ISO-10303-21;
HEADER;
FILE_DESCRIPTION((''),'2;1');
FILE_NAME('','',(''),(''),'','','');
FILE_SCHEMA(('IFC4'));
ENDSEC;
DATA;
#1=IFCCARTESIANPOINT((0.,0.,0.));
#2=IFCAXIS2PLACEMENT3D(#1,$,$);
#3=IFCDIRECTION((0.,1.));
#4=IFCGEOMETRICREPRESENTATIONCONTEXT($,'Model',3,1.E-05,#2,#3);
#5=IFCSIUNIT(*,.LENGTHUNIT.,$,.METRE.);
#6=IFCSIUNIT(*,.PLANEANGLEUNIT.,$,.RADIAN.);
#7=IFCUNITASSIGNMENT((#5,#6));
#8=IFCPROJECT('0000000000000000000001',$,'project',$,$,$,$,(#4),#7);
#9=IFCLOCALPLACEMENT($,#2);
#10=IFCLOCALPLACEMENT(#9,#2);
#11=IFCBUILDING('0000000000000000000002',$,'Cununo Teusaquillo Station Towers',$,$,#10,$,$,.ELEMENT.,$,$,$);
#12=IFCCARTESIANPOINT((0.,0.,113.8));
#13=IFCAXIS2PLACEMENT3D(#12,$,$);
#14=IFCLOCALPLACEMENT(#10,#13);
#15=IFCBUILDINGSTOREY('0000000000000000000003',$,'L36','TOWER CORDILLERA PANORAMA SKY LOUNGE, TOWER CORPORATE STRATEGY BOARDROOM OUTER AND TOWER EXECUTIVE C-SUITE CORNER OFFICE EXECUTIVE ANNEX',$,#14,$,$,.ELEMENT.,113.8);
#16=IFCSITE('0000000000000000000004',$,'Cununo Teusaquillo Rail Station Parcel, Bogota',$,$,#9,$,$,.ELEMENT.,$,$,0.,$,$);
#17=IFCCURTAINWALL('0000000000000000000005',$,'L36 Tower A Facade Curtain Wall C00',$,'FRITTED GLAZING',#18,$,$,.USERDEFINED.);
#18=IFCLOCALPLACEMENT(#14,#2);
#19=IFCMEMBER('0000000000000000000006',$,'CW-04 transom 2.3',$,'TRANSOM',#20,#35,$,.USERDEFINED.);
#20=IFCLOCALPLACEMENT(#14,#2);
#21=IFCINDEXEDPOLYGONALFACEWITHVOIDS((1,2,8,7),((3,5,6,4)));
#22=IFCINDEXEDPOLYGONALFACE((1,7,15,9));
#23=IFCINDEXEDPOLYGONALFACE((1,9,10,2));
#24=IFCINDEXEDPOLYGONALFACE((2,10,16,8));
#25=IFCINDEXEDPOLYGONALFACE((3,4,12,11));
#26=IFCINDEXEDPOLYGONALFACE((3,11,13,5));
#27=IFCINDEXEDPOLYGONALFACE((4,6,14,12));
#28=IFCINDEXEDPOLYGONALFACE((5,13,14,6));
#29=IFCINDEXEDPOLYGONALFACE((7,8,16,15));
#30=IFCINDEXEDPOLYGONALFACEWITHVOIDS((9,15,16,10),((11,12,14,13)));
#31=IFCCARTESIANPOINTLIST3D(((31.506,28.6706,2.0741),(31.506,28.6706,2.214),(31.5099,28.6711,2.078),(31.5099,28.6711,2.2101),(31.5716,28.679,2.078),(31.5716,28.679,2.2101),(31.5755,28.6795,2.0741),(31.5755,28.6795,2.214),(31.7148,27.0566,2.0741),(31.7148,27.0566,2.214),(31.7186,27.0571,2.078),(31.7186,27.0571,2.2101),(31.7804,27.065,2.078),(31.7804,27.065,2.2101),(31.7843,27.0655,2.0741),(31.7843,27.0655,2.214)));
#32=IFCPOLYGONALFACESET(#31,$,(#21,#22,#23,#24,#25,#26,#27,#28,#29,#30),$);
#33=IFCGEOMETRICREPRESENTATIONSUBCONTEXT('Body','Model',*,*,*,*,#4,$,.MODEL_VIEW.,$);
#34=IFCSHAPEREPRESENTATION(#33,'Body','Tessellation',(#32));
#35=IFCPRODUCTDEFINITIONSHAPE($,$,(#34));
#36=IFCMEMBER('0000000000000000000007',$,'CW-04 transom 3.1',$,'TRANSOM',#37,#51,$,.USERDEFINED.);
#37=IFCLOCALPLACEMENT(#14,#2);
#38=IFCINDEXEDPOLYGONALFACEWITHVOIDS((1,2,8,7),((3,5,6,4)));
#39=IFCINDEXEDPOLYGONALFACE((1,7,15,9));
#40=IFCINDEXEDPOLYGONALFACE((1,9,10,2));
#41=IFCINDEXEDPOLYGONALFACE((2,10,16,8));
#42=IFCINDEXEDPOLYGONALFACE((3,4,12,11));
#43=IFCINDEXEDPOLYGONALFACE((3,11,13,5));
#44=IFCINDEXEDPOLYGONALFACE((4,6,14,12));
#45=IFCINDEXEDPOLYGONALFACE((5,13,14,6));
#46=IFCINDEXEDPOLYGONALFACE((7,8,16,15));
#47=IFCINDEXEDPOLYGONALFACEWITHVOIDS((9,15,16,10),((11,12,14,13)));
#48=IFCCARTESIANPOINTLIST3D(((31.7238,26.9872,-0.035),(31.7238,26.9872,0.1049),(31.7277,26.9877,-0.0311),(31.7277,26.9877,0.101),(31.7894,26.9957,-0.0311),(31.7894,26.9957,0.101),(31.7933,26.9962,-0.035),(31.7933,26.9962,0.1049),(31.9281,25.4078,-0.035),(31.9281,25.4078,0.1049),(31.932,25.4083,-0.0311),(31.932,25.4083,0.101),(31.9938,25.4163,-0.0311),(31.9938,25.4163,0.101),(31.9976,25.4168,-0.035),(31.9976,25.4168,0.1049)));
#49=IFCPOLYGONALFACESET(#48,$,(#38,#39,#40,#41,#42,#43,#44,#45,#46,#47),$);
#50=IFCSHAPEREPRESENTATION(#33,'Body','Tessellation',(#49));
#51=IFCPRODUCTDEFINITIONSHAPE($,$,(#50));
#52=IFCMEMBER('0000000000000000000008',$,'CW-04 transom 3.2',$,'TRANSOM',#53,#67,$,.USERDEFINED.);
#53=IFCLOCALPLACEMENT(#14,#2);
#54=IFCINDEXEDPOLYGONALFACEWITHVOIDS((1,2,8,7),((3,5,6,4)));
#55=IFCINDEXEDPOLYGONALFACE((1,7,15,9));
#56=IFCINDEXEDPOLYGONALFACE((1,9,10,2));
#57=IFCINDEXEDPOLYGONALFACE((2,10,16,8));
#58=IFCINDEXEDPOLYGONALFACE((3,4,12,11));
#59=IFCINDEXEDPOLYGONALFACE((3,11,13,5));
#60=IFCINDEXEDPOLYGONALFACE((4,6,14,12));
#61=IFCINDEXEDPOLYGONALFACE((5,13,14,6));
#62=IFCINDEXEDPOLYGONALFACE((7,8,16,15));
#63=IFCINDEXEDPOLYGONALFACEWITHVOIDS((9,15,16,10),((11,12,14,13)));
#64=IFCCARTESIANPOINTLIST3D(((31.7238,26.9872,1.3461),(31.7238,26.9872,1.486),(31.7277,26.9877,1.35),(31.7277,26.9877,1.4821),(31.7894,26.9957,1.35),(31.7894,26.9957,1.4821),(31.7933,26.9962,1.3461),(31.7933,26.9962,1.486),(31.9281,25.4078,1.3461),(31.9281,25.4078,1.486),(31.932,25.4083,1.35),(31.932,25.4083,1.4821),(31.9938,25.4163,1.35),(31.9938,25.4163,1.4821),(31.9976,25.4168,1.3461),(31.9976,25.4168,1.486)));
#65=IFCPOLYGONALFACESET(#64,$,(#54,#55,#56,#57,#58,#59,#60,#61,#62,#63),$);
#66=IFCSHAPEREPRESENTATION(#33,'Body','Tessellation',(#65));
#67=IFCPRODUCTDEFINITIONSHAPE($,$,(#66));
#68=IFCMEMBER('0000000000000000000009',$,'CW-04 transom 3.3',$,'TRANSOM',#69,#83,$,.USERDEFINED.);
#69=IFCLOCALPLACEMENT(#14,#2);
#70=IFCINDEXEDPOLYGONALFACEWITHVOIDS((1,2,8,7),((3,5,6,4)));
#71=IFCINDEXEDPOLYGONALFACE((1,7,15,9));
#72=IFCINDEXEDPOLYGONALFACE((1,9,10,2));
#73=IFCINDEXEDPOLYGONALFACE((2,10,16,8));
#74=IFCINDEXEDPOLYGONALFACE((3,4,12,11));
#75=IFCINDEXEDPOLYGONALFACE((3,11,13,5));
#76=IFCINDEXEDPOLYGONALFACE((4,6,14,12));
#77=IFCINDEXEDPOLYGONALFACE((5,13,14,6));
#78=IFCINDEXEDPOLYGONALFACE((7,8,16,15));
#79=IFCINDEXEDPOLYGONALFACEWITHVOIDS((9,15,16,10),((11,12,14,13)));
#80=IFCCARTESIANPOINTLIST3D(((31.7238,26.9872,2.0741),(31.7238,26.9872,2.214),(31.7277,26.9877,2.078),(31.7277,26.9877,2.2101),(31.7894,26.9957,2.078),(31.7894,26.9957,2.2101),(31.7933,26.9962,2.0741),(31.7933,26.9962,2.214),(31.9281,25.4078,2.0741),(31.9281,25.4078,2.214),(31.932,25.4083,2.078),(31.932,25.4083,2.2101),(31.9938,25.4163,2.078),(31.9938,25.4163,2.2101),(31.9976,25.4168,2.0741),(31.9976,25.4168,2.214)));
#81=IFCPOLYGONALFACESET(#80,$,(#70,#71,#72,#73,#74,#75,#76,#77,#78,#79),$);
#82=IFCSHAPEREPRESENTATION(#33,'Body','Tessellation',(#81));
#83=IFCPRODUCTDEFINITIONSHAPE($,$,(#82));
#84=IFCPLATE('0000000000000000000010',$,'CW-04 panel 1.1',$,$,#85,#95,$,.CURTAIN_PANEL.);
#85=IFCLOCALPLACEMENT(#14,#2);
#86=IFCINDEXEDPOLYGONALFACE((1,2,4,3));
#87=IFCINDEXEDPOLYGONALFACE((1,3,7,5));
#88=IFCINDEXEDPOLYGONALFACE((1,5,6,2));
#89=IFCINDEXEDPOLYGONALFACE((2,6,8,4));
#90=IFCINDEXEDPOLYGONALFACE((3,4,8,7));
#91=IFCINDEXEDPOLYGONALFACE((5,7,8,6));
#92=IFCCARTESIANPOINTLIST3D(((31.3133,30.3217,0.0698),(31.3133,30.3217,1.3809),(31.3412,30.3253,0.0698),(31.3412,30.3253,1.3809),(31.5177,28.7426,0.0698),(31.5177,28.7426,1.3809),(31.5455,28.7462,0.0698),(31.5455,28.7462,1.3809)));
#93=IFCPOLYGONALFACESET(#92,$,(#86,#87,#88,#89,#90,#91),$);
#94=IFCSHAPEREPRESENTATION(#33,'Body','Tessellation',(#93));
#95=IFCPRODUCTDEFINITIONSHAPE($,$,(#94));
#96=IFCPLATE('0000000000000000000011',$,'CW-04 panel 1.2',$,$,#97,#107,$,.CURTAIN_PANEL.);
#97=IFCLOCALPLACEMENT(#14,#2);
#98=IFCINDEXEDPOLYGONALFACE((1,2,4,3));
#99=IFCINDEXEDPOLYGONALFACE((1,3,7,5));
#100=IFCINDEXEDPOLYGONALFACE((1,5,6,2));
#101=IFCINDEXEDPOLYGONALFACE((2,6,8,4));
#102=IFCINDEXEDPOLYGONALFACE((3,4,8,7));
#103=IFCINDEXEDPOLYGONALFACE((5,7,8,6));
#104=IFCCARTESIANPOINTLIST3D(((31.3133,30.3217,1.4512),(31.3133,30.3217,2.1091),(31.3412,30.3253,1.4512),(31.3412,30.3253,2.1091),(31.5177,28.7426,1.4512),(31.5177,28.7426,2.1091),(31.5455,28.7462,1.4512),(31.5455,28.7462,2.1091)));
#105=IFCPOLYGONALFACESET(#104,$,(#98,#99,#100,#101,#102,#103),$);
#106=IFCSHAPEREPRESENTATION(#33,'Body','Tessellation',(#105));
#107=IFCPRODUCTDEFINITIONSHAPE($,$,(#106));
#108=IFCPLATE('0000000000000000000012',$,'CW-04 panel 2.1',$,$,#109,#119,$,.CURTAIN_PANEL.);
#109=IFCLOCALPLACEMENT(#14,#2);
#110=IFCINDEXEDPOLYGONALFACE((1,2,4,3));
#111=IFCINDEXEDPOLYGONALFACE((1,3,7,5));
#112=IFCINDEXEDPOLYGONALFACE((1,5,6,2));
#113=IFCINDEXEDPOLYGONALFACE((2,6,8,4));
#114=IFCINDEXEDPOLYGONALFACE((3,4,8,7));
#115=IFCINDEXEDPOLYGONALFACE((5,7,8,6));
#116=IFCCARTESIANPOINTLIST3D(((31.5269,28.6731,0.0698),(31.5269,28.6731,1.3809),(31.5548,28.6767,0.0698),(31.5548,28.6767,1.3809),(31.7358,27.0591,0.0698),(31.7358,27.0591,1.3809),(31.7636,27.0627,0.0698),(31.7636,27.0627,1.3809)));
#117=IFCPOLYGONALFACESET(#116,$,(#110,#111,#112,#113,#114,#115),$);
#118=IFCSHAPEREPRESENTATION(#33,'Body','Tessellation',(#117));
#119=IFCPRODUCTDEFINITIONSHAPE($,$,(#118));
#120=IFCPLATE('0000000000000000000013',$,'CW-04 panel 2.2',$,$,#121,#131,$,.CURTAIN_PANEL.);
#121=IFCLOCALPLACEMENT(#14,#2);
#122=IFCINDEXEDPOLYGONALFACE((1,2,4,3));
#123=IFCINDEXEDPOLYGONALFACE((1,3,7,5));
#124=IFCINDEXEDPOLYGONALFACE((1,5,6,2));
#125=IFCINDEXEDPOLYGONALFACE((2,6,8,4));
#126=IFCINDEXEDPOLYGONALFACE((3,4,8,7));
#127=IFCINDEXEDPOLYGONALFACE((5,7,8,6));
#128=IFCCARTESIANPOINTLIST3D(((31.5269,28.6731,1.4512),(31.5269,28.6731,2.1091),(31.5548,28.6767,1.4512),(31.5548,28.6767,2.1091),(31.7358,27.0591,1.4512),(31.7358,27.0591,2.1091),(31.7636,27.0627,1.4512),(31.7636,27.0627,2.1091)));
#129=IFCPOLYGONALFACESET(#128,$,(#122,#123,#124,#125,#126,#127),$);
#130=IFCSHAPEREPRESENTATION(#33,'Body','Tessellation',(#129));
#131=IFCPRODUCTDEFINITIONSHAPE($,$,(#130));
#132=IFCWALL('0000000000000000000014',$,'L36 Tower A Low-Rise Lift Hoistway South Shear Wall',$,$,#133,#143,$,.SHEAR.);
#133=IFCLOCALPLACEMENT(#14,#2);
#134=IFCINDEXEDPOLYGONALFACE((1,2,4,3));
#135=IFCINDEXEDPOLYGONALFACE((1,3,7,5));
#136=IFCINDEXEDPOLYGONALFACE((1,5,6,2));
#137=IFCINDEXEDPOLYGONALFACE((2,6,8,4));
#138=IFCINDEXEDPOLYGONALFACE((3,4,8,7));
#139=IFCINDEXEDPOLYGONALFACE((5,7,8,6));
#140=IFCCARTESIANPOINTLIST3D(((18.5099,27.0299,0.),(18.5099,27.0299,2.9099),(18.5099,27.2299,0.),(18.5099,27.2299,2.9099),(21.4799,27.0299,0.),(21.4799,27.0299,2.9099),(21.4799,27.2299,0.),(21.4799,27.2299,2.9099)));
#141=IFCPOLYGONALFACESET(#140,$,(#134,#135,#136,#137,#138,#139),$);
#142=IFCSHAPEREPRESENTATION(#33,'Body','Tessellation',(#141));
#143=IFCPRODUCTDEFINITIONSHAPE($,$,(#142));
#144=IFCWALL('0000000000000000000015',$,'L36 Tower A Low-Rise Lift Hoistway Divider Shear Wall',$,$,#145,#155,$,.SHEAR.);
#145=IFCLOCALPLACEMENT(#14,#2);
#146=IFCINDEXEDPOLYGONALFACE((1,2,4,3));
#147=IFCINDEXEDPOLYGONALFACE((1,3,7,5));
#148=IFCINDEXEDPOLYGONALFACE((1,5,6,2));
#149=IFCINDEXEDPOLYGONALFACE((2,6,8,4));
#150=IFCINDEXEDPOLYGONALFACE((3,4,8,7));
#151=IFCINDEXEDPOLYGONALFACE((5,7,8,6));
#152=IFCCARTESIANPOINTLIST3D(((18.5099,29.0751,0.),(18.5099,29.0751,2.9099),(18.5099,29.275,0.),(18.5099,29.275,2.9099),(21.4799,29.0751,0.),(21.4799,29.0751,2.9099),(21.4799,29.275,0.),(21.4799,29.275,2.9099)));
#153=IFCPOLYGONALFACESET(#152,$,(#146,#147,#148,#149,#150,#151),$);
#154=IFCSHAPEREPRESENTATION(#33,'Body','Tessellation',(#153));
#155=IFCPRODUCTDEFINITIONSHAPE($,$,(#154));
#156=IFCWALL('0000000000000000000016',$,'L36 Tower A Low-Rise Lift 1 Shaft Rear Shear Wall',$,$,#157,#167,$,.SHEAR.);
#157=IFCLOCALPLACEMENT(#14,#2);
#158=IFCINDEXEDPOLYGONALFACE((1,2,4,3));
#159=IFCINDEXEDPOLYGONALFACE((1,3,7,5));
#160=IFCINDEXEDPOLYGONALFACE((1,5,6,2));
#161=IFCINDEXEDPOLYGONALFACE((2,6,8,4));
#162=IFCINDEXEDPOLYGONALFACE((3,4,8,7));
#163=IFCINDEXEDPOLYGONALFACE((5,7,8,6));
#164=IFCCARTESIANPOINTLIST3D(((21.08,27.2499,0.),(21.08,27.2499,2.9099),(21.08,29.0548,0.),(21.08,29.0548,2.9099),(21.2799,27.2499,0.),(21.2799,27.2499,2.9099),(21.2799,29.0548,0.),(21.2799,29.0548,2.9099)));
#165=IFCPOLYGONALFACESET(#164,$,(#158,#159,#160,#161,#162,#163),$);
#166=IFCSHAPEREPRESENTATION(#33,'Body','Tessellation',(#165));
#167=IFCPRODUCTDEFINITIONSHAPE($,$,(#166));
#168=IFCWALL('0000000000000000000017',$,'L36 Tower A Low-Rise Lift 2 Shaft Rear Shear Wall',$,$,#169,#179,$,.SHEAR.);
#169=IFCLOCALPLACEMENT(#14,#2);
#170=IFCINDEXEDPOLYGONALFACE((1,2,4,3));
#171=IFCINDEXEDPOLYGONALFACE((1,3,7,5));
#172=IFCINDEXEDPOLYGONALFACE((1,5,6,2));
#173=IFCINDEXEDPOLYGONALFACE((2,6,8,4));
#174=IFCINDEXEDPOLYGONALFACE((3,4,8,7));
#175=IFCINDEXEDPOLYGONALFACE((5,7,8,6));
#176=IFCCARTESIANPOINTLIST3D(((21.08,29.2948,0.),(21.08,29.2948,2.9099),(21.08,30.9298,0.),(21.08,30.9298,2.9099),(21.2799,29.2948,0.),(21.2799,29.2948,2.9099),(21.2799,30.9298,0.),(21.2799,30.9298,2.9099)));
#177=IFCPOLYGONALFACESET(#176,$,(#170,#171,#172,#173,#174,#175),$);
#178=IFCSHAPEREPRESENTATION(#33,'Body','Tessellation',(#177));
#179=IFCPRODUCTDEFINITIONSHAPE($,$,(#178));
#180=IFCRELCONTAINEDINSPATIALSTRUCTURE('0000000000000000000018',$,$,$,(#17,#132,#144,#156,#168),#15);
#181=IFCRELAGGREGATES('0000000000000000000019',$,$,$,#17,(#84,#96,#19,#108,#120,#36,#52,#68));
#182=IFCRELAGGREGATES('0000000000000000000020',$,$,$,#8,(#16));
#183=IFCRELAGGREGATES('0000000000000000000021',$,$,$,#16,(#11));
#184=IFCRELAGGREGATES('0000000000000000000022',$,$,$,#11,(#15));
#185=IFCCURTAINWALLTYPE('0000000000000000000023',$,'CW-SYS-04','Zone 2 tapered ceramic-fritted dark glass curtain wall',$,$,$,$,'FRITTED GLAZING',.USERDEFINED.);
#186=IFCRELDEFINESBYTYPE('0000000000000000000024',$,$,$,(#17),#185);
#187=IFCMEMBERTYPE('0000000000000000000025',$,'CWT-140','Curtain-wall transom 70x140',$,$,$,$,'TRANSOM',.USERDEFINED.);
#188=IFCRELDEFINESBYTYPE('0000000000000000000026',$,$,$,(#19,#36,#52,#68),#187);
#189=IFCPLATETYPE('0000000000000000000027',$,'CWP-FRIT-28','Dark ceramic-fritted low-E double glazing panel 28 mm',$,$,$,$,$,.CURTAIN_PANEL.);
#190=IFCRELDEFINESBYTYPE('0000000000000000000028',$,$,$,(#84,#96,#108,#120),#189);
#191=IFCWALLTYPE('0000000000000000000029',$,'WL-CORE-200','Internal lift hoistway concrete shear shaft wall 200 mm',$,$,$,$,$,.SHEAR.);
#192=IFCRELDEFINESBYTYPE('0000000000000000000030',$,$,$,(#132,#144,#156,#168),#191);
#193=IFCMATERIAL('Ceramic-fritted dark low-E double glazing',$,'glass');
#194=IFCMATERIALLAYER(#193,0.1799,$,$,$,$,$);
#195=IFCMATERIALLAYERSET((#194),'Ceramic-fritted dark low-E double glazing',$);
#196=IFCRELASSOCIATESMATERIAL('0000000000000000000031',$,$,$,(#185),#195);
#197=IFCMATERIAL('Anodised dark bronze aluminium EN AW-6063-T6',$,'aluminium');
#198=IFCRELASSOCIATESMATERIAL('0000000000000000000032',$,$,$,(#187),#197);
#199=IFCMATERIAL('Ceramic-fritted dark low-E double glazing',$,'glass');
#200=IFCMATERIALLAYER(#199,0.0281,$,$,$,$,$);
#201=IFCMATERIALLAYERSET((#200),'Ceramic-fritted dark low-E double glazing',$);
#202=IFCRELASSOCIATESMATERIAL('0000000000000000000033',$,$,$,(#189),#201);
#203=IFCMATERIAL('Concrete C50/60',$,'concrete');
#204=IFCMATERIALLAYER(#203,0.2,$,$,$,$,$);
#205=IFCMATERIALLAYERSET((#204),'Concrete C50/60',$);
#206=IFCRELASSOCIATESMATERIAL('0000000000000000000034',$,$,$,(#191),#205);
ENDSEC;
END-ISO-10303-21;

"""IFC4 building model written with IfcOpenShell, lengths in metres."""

from ifc_helpers import new_model, si_unit, direction, frame, frame_2d, origin, origin_2d, place, context, subcontext, project, spatial, rectangle, hollow_rectangle, extrude, source, transform, mapped, material, layer, layer_set, material_profile, profile_set, type_object, element, aggregate, save


model = new_model("IFC4")

# Units and contexts
model_context = context("Model", 3, precision=1e-05, world=origin(), true_north=direction((0.0, 1.0)))
body_context = subcontext(model_context, "Body", "Model", "MODEL_VIEW")
ifc_project = project(units=[si_unit("LENGTHUNIT", "METRE"), si_unit("PLANEANGLEUNIT", "RADIAN")], contexts=[model_context])

# Site, building, storey
site_placement = place(None, origin())
site = spatial("IfcSite", under=ifc_project, at=site_placement, Name="Cununo Teusaquillo Rail Station Parcel, Bogota", CompositionType="ELEMENT", RefElevation=0.0)
building_placement = place(site_placement, origin())
building = spatial("IfcBuilding", under=site, at=building_placement, Name="Cununo Teusaquillo Station Towers", CompositionType="ELEMENT")
storey_placement = place(building_placement, frame((0.0, 0.0, 113.8)))
storey = spatial("IfcBuildingStorey", under=building, at=storey_placement, Name="L36", Description="TOWER CORDILLERA PANORAMA SKY LOUNGE, TOWER CORPORATE STRATEGY BOARDROOM OUTER AND TOWER EXECUTIVE C-SUITE CORNER OFFICE EXECUTIVE ANNEX", CompositionType="ELEMENT", Elevation=113.8)

# Curtain wall, members, plates
ifc_material_1 = material(Name="Ceramic-fritted dark low-E double glazing", Category="glass")
ifc_layer_1 = layer(ifc_material_1, 0.1799)
ifc_layer_set_1 = layer_set([ifc_layer_1], Name="Ceramic-fritted dark low-E double glazing")
curtain_wall_type = type_object("IfcCurtainWallType", Name="CW-SYS-04", Description="Zone 2 tapered ceramic-fritted dark glass curtain wall", ElementType="FRITTED GLAZING", PredefinedType="USERDEFINED", material=ifc_layer_set_1)
curtain_wall_placement = place(storey_placement, origin())
curtain_wall = element("IfcCurtainWall", 1, at=curtain_wall_placement, inside=storey, type_object=curtain_wall_type, Name="L36 Tower A Facade Curtain Wall C00", ObjectType="FRITTED GLAZING", PredefinedType="USERDEFINED")
ifc_material_2 = material(Name="Anodised dark bronze aluminium EN AW-6063-T6", Category="aluminium")
ifc_material_profile_1 = material_profile(ifc_material_2, hollow_rectangle(XDim=0.0701, YDim=0.1399, WallThickness=0.0039, at=origin_2d()), Name="CW-TRAN-70x140")
ifc_profile_set_1 = profile_set([ifc_material_profile_1], Name="Anodised dark bronze aluminium EN AW-6063-T6")
member_type_1 = type_object("IfcMemberType", Name="CWT-140", Description="Curtain-wall transom 70x140", ElementType="TRANSOM", PredefinedType="USERDEFINED", material=ifc_profile_set_1)
member_1_placement = place(storey_placement, frame((31.5408, 28.675, 2.144), z_axis=(0.128262, -0.99174, 0.0), x_axis=(0.99174, 0.128262, 0.0)))
member_1 = element("IfcMember", 2, at=member_1_placement, type_object=member_type_1, Name="CW-04 transom 2.3", ObjectType="TRANSOM", PredefinedType="USERDEFINED", context=body_context, shape_type="SweptSolid", body=[
    extrude(hollow_rectangle(XDim=0.0701, YDim=0.1399, WallThickness=0.0039, at=origin_2d()), origin(), (0.0, 0.0, 1.0), 1.6274),
])
member_2_placement = place(storey_placement, frame((31.7585, 26.9917, 0.0349), z_axis=(0.128317, -0.991733, 0.0), x_axis=(0.991733, 0.128317, 0.0)))
member_2 = element("IfcMember", 3, at=member_2_placement, type_object=member_type_1, Name="CW-04 transom 3.1", ObjectType="TRANSOM", PredefinedType="USERDEFINED", context=body_context, shape_type="SweptSolid", body=[
    extrude(hollow_rectangle(XDim=0.0701, YDim=0.1399, WallThickness=0.0039, at=origin_2d()), origin(), (0.0, 0.0, 1.0), 1.5925),
])
member_3_placement = place(storey_placement, frame((31.7585, 26.9917, 1.416), z_axis=(0.128317, -0.991733, 0.0), x_axis=(0.991733, 0.128317, 0.0)))
member_3 = element("IfcMember", 4, at=member_3_placement, type_object=member_type_1, Name="CW-04 transom 3.2", ObjectType="TRANSOM", PredefinedType="USERDEFINED", context=body_context, shape_type="SweptSolid", body=[
    extrude(hollow_rectangle(XDim=0.0701, YDim=0.1399, WallThickness=0.0039, at=origin_2d()), origin(), (0.0, 0.0, 1.0), 1.5925),
])
member_4_placement = place(storey_placement, frame((31.7585, 26.9917, 2.144), z_axis=(0.128317, -0.991733, 0.0), x_axis=(0.991733, 0.128317, 0.0)))
member_4 = element("IfcMember", 5, at=member_4_placement, type_object=member_type_1, Name="CW-04 transom 3.3", ObjectType="TRANSOM", PredefinedType="USERDEFINED", context=body_context, shape_type="SweptSolid", body=[
    extrude(hollow_rectangle(XDim=0.0701, YDim=0.1399, WallThickness=0.0039, at=origin_2d()), origin(), (0.0, 0.0, 1.0), 1.5925),
])
ifc_material_3 = material(Name="Ceramic-fritted dark low-E double glazing", Category="glass")
ifc_layer_2 = layer(ifc_material_3, 0.0281)
ifc_layer_set_2 = layer_set([ifc_layer_2], Name="Ceramic-fritted dark low-E double glazing")
plate_type = type_object("IfcPlateType", Name="CWP-FRIT-28", Description="Dark ceramic-fritted low-E double glazing panel 28 mm", PredefinedType="CURTAIN_PANEL", material=ifc_layer_set_2)
shared_shape_1 = source(origin(), body_context, "Body", "SweptSolid", [
    extrude(rectangle(XDim=1.5923, YDim=0.0281, at=origin_2d()), origin(), (0.0, 0.0, 1.0), 1.311),
])
plate_1_placement = place(storey_placement, frame((31.4294, 29.5339, 0.0698), z_axis=(0.0, 0.0, 1.0), x_axis=(0.128336, -0.991731, 0.0)))
plate_1 = element("IfcPlate", 6, at=plate_1_placement, type_object=plate_type, Name="CW-04 panel 1.1", PredefinedType="CURTAIN_PANEL", context=body_context, shape_type="MappedRepresentation", body=[
    mapped(shared_shape_1, transform((0.0, 0.0, 0.0), x_axis=(1.0, 0.0, 0.0), y_axis=(0.0, 1.0, 0.0), z_axis=(0.0, 0.0, 1.0), scale=1.0)),
])
shared_shape_2 = source(origin(), body_context, "Body", "SweptSolid", [
    extrude(rectangle(XDim=1.5923, YDim=0.0281, at=origin_2d()), origin(), (0.0, 0.0, 1.0), 0.658),
])
plate_2_placement = place(storey_placement, frame((31.4294, 29.5339, 1.4512), z_axis=(0.0, 0.0, 1.0), x_axis=(0.128336, -0.991731, 0.0)))
plate_2 = element("IfcPlate", 7, at=plate_2_placement, type_object=plate_type, Name="CW-04 panel 1.2", PredefinedType="CURTAIN_PANEL", context=body_context, shape_type="MappedRepresentation", body=[
    mapped(shared_shape_2, transform((0.0, 0.0, 0.0), x_axis=(1.0, 0.0, 0.0), y_axis=(0.0, 1.0, 0.0), z_axis=(0.0, 0.0, 1.0), scale=1.0)),
])
shared_shape_3 = source(origin(), body_context, "Body", "SweptSolid", [
    extrude(rectangle(XDim=1.6274, YDim=0.0281, at=origin_2d()), origin(), (0.0, 0.0, 1.0), 1.311),
])
plate_3_placement = place(storey_placement, frame((31.6453, 27.8679, 0.0698), z_axis=(0.0, 0.0, 1.0), x_axis=(0.128336, -0.991731, 0.0)))
plate_3 = element("IfcPlate", 8, at=plate_3_placement, type_object=plate_type, Name="CW-04 panel 2.1", PredefinedType="CURTAIN_PANEL", context=body_context, shape_type="MappedRepresentation", body=[
    mapped(shared_shape_3, transform((0.0, 0.0, 0.0), x_axis=(1.0, 0.0, 0.0), y_axis=(0.0, 1.0, 0.0), z_axis=(0.0, 0.0, 1.0), scale=1.0)),
])
shared_shape_4 = source(origin(), body_context, "Body", "SweptSolid", [
    extrude(rectangle(XDim=1.6274, YDim=0.0281, at=origin_2d()), origin(), (0.0, 0.0, 1.0), 0.658),
])
plate_4_placement = place(storey_placement, frame((31.6453, 27.8679, 1.4512), z_axis=(0.0, 0.0, 1.0), x_axis=(0.128336, -0.991731, 0.0)))
plate_4 = element("IfcPlate", 9, at=plate_4_placement, type_object=plate_type, Name="CW-04 panel 2.2", PredefinedType="CURTAIN_PANEL", context=body_context, shape_type="MappedRepresentation", body=[
    mapped(shared_shape_4, transform((0.0, 0.0, 0.0), x_axis=(1.0, 0.0, 0.0), y_axis=(0.0, 1.0, 0.0), z_axis=(0.0, 0.0, 1.0), scale=1.0)),
])
aggregate(curtain_wall, [plate_1, plate_2, member_1, plate_3, plate_4, member_2, member_3, member_4])

# Walls
ifc_material_4 = material(Name="Concrete C50/60", Category="concrete")
ifc_layer_3 = layer(ifc_material_4, 0.2)
ifc_layer_set_3 = layer_set([ifc_layer_3], Name="Concrete C50/60")
wall_type_1 = type_object("IfcWallType", Name="WL-CORE-200", Description="Internal lift hoistway concrete shear shaft wall 200 mm", PredefinedType="SHEAR", material=ifc_layer_set_3)
for number, where, z_axis, x_axis, name in (
    (10, (18.51, 27.1299, 0.0), (0.0, 0.0, 1.0), (1.0, 0.0, 0.0), "L36 Tower A Low-Rise Lift Hoistway South Shear Wall"),
    (11, (18.51, 29.175, 0.0), (0.0, 0.0, 1.0), (1.0, 0.0, 0.0), "L36 Tower A Low-Rise Lift Hoistway Divider Shear Wall"),
):
    element("IfcWall", number, at=place(storey_placement, frame(where, z_axis=z_axis, x_axis=x_axis)), inside=storey, type_object=wall_type_1, Name=name, PredefinedType="SHEAR", context=body_context, shape_type="SweptSolid", body=[
        extrude(rectangle(XDim=2.97, YDim=0.2, at=frame_2d((1.4849, 0.0))), origin(), (0.0, 0.0, 1.0), 2.9099),
    ])
wall_1_placement = place(storey_placement, frame((21.1799, 27.25, 0.0), z_axis=(0.0, 0.0, 1.0), x_axis=(0.0, 1.0, 0.0)))
element("IfcWall", 12, at=wall_1_placement, inside=storey, type_object=wall_type_1, Name="L36 Tower A Low-Rise Lift 1 Shaft Rear Shear Wall", PredefinedType="SHEAR", context=body_context, shape_type="SweptSolid", body=[
    extrude(rectangle(XDim=1.8049, YDim=0.2, at=frame_2d((0.9023, 0.0))), origin(), (0.0, 0.0, 1.0), 2.9099),
])
wall_2_placement = place(storey_placement, frame((21.1799, 29.2949, 0.0), z_axis=(0.0, 0.0, 1.0), x_axis=(0.0, 1.0, 0.0)))
element("IfcWall", 13, at=wall_2_placement, inside=storey, type_object=wall_type_1, Name="L36 Tower A Low-Rise Lift 2 Shaft Rear Shear Wall", PredefinedType="SHEAR", context=body_context, shape_type="SweptSolid", body=[
    extrude(rectangle(XDim=1.635, YDim=0.2, at=frame_2d((0.8174, 0.0))), origin(), (0.0, 0.0, 1.0), 2.9099),
])

save(model, "model.ifc")
